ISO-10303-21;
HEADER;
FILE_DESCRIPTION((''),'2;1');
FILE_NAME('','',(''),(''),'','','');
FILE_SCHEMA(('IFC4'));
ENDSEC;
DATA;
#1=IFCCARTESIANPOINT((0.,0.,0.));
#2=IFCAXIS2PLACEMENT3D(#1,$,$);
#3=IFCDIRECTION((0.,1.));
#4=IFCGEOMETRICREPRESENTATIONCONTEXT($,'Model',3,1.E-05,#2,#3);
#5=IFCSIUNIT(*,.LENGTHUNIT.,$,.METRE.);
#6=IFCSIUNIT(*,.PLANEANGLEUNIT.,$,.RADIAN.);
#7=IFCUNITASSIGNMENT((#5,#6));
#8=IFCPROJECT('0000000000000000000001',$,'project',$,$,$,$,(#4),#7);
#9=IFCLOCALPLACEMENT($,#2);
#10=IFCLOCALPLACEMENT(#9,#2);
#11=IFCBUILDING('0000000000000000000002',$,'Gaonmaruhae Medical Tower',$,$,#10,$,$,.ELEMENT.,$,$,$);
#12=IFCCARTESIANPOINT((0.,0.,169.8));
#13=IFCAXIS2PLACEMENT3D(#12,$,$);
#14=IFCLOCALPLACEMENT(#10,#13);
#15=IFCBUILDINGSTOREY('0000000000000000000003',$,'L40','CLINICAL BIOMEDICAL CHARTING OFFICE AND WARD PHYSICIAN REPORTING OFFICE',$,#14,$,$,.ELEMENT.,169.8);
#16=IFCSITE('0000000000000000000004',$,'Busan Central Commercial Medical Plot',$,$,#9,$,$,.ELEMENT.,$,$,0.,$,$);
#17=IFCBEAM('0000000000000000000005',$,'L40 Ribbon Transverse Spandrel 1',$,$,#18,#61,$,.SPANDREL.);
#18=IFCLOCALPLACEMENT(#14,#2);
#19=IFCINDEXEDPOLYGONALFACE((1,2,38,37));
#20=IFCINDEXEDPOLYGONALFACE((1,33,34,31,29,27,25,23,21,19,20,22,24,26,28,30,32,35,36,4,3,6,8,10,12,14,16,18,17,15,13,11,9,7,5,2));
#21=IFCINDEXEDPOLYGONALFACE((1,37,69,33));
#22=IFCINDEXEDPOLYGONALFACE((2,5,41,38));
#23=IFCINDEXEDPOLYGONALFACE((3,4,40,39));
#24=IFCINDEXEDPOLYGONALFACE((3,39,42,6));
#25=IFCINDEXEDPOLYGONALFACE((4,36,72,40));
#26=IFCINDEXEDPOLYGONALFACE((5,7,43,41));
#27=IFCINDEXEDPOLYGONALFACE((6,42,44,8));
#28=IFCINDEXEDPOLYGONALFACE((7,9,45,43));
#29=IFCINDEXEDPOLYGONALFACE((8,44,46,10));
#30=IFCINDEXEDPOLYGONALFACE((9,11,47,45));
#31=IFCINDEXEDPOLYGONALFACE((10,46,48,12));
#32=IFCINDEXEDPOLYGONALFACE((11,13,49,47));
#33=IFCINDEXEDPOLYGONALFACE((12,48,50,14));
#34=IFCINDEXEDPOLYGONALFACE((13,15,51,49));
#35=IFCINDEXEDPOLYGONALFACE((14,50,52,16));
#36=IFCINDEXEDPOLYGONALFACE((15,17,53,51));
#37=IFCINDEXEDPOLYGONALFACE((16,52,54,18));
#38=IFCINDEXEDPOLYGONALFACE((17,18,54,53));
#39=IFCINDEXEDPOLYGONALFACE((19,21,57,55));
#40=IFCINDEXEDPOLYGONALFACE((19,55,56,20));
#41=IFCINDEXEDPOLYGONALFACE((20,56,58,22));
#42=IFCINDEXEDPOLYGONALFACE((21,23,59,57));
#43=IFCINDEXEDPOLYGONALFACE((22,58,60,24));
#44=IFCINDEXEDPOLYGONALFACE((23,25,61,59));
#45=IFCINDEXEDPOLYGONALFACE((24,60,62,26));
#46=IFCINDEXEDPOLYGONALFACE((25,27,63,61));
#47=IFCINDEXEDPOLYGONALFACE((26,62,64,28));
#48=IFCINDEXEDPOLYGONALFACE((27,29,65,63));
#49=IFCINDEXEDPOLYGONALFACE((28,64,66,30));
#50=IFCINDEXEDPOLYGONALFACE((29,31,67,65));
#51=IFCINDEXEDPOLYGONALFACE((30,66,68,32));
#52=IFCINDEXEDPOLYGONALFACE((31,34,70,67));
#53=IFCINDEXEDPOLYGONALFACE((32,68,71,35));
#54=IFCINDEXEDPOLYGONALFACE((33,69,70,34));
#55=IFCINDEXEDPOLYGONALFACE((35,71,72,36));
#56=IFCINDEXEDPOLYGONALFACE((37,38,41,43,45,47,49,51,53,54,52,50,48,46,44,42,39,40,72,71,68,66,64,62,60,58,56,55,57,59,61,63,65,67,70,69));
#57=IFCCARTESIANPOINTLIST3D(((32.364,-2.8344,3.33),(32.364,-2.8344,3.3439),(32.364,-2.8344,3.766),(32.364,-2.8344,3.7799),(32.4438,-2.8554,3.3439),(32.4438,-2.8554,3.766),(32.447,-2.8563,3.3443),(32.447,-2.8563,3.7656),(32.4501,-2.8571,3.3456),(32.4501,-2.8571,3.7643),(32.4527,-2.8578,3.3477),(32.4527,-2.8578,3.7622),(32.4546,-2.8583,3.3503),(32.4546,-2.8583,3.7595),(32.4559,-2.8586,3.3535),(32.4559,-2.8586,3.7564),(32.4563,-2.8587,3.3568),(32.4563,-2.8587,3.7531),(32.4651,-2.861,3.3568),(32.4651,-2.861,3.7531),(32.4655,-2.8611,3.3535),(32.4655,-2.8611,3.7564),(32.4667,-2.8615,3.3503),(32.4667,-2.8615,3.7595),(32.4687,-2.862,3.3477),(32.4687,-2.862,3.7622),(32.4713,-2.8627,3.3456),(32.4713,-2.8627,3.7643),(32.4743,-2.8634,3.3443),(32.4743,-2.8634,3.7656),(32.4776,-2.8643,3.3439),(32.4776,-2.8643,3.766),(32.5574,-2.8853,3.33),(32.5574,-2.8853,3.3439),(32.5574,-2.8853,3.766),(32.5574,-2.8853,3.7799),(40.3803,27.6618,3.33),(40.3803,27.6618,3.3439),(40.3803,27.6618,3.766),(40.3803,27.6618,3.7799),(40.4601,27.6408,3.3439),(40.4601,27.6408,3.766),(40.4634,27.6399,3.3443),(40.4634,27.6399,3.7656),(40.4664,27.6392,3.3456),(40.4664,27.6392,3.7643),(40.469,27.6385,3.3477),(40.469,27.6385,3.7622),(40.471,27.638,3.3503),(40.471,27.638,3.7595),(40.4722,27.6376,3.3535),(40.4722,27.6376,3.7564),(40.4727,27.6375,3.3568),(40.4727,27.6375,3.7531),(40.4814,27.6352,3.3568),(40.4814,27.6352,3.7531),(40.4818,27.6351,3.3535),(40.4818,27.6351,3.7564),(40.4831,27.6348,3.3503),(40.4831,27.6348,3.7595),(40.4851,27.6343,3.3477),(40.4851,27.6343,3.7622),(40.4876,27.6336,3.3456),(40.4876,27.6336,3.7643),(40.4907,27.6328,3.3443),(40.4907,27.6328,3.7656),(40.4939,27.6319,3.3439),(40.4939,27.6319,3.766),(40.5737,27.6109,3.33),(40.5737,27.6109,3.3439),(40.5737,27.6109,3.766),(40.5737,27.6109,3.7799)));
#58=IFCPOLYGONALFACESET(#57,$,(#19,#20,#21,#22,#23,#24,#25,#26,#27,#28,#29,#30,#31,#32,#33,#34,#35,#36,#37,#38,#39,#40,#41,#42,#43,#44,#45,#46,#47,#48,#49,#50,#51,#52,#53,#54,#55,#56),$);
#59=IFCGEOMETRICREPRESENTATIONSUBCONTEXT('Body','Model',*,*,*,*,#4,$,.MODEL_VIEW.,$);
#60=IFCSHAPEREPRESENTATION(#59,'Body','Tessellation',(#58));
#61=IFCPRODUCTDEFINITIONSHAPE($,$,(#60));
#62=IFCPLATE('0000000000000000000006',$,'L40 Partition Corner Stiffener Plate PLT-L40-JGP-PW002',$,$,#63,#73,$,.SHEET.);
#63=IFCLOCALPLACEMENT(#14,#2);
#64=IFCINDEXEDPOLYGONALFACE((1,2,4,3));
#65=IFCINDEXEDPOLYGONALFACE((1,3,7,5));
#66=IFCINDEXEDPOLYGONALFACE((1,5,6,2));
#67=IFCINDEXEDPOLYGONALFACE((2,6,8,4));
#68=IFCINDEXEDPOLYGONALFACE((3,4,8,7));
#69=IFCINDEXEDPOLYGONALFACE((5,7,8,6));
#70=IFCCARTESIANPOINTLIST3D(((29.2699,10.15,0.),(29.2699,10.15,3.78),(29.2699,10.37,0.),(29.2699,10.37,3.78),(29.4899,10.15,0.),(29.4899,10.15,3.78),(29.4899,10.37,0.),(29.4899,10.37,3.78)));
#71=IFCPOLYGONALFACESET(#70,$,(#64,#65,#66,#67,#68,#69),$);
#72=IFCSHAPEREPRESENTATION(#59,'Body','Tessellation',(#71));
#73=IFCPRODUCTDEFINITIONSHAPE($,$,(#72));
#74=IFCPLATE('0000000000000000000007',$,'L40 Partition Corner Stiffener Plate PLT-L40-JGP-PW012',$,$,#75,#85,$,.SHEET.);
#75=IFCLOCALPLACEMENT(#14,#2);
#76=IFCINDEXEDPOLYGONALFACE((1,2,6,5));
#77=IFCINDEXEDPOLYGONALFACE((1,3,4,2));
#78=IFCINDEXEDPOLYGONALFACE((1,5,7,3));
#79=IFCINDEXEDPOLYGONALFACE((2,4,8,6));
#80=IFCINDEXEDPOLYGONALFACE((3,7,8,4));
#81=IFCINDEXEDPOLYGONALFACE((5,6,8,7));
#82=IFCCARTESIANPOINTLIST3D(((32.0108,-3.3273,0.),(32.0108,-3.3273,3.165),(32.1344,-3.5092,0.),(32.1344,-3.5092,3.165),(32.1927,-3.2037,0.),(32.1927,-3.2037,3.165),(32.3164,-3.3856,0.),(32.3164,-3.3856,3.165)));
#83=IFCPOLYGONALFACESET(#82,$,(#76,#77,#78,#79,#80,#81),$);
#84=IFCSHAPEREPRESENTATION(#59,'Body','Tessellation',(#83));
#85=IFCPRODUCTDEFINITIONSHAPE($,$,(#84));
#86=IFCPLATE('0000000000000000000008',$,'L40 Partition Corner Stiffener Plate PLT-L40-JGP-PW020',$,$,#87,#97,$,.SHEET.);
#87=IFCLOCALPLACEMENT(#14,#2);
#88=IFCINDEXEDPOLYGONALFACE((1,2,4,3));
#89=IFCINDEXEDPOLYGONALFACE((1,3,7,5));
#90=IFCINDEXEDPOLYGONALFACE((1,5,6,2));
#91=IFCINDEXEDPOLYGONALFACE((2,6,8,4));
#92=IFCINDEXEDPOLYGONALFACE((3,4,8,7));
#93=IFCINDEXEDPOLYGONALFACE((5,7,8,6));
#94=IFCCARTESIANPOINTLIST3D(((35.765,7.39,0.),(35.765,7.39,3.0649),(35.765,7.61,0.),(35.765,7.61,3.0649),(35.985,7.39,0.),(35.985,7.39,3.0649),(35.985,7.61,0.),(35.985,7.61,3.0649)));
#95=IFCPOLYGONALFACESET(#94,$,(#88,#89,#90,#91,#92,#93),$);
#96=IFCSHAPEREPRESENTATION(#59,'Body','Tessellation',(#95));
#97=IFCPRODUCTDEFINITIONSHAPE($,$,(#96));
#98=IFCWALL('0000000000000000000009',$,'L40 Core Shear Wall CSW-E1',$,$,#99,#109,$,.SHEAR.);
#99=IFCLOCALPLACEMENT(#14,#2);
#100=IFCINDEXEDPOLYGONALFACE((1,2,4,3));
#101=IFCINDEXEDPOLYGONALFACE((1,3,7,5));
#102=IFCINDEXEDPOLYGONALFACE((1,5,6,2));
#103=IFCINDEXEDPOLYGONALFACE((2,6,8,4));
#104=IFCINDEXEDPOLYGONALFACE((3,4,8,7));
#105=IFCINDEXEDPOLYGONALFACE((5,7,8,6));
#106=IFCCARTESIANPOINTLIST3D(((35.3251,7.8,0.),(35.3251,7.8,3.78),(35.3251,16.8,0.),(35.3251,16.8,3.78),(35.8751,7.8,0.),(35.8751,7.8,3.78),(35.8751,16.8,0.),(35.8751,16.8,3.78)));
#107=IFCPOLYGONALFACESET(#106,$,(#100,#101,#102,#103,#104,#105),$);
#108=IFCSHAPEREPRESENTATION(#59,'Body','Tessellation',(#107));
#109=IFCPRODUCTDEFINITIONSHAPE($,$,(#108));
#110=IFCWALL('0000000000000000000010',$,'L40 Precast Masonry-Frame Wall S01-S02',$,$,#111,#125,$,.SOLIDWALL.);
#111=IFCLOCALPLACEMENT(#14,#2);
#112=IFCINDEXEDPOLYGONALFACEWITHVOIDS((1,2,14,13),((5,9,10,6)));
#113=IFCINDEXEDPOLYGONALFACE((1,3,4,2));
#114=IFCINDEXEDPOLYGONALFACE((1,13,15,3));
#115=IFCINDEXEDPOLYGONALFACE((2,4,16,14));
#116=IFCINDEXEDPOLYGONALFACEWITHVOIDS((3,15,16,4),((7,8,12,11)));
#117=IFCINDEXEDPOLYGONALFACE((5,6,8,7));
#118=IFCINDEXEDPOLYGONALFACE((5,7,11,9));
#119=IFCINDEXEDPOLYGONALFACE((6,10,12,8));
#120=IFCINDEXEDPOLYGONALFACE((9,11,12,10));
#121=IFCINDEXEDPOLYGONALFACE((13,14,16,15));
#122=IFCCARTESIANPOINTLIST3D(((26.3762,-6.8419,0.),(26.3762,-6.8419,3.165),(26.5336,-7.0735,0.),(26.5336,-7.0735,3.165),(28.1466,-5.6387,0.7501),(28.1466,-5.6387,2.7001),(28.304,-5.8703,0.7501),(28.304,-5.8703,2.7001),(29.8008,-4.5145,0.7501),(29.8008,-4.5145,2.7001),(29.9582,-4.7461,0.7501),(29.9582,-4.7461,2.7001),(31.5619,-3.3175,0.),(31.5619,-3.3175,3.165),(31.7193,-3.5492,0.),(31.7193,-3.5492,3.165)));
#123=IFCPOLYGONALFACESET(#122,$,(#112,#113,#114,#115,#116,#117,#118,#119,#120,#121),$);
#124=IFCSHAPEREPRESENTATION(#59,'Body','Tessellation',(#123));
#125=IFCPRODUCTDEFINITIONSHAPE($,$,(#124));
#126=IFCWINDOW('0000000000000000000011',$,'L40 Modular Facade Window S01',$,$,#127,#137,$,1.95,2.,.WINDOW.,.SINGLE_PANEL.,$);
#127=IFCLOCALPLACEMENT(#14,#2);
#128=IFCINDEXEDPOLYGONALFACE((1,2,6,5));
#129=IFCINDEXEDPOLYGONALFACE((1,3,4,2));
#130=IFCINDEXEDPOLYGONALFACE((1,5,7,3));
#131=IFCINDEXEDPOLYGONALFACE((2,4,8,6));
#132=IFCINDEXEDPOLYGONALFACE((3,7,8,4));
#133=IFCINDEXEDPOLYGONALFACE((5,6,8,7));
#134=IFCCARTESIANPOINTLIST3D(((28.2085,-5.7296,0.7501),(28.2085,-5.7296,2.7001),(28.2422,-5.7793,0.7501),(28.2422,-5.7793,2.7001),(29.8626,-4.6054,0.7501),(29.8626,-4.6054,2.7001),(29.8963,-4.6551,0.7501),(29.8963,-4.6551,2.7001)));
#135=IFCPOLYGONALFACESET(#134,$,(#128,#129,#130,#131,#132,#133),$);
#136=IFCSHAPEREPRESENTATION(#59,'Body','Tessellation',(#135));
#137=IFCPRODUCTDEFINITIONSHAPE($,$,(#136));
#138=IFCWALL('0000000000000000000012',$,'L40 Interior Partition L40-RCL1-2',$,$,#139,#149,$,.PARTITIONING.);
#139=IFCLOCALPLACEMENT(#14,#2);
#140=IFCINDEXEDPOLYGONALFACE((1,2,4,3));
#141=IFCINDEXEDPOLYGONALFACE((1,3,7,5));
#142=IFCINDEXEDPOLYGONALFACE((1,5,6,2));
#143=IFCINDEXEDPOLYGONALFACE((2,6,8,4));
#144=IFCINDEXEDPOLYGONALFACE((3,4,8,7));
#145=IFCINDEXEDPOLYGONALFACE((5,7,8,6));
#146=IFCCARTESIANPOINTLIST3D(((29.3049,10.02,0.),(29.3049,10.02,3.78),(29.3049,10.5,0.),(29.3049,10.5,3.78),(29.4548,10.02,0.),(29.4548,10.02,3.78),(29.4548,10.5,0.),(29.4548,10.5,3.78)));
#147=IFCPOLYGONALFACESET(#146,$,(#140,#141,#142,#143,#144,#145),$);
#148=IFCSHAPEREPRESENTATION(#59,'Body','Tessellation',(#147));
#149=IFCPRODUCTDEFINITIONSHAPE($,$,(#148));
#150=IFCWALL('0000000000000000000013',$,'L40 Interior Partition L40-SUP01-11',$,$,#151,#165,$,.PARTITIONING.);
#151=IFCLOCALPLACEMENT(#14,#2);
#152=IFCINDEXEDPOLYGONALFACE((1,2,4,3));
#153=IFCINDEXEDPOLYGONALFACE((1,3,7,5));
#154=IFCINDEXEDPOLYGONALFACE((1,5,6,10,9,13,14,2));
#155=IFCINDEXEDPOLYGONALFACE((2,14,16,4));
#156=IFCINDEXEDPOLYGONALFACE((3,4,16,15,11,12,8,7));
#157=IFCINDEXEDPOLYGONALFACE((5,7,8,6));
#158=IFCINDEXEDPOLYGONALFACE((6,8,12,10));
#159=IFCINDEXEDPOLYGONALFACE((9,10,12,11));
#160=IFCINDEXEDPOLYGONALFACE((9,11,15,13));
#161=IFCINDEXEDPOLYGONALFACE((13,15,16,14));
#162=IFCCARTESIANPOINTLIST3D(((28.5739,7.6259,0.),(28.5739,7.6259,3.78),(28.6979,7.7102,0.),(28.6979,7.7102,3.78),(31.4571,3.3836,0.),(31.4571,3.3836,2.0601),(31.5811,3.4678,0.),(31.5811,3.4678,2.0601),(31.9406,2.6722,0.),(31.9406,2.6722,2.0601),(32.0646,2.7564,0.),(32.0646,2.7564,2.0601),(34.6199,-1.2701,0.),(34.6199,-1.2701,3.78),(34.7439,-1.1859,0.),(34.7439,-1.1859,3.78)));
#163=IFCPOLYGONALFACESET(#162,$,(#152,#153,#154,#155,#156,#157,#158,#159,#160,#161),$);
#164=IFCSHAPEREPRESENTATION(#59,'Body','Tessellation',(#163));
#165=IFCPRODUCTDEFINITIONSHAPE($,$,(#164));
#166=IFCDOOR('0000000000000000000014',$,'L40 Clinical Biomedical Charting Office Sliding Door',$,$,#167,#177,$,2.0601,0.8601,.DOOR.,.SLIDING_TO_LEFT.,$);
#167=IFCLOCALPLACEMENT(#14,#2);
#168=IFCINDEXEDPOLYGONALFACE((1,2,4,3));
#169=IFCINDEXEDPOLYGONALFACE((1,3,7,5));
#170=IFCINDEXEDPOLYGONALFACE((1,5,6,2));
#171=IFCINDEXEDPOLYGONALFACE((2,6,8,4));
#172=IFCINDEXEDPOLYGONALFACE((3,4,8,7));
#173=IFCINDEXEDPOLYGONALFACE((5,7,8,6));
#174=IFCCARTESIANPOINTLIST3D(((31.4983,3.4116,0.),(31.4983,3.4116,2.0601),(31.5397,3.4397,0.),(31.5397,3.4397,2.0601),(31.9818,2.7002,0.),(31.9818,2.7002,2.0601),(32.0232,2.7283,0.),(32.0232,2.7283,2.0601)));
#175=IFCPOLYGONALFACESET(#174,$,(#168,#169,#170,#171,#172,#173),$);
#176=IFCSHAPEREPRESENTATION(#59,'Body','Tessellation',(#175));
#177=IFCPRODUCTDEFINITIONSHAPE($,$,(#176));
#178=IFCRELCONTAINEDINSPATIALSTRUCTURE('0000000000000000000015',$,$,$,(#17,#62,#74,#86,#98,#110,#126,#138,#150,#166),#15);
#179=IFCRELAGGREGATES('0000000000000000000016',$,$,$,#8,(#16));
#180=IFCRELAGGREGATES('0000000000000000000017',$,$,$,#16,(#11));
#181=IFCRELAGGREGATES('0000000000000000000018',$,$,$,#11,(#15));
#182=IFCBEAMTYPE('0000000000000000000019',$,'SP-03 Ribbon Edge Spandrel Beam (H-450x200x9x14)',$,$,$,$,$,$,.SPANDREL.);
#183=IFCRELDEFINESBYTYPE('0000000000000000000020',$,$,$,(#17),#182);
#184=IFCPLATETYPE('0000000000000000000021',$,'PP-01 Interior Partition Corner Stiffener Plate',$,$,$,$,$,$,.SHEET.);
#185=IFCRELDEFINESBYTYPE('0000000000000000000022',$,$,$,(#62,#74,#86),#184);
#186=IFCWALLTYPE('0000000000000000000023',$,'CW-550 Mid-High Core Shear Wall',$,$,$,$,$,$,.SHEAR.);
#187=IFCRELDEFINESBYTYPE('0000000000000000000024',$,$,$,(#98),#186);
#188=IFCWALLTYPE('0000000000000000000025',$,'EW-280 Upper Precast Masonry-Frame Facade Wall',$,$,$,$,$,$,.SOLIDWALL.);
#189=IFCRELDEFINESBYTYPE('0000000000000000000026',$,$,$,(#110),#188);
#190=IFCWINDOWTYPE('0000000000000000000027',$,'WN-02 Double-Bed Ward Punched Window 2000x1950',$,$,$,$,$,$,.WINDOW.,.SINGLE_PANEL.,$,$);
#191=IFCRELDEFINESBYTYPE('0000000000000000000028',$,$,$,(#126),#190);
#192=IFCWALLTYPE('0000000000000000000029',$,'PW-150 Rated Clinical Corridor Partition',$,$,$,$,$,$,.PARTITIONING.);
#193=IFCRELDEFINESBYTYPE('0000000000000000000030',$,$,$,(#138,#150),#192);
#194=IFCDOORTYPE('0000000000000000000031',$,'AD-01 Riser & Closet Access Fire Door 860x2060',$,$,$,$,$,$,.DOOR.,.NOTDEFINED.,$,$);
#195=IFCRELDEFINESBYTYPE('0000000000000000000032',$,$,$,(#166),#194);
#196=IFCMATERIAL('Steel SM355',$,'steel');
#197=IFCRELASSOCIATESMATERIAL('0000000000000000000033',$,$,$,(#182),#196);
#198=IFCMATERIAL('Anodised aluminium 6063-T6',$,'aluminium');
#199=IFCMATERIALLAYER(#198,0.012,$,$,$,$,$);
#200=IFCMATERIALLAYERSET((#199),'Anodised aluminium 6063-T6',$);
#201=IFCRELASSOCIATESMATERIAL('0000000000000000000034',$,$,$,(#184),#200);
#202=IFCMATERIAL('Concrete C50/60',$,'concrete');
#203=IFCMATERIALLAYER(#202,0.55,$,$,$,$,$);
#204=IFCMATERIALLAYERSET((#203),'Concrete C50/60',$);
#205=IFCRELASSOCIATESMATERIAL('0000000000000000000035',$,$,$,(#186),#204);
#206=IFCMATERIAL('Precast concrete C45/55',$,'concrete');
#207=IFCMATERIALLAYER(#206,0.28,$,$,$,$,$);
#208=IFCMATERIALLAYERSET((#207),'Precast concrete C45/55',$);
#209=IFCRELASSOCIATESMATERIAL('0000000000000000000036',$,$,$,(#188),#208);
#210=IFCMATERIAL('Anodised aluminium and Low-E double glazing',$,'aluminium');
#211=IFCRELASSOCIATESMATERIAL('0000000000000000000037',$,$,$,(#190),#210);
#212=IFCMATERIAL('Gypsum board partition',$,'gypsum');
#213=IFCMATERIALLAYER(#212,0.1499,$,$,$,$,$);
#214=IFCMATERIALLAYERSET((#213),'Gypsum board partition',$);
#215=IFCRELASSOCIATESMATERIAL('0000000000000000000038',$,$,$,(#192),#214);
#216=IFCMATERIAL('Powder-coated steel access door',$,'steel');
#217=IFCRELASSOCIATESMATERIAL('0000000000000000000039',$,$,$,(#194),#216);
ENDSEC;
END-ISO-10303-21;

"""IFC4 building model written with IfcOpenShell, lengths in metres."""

from ifc_helpers import new_model, si_unit, direction, frame, frame_2d, origin, origin_2d, place, context, subcontext, project, spatial, rectangle, i_section, extrude, material, layer, layer_set, material_profile, profile_set, type_object, element, fill, save


model = new_model("IFC4")

# Units and contexts
model_context = context("Model", 3, precision=1e-05, world=origin(), true_north=direction((0.0, 1.0)))
body_context = subcontext(model_context, "Body", "Model", "MODEL_VIEW")
ifc_project = project(units=[si_unit("LENGTHUNIT", "METRE"), si_unit("PLANEANGLEUNIT", "RADIAN")], contexts=[model_context])

# Site, building, storey
site_placement = place(None, origin())
site = spatial("IfcSite", under=ifc_project, at=site_placement, Name="Busan Central Commercial Medical Plot", CompositionType="ELEMENT", RefElevation=0.0)
building_placement = place(site_placement, origin())
building = spatial("IfcBuilding", under=site, at=building_placement, Name="Gaonmaruhae Medical Tower", CompositionType="ELEMENT")
storey_placement = place(building_placement, frame((0.0, 0.0, 169.8)))
storey = spatial("IfcBuildingStorey", under=building, at=storey_placement, Name="L40", Description="CLINICAL BIOMEDICAL CHARTING OFFICE AND WARD PHYSICIAN REPORTING OFFICE", CompositionType="ELEMENT", Elevation=169.8)

# Shared definitions
ifc_material_1 = material(Name="Concrete C50/60", Category="concrete")

# Beam
ifc_material_2 = material(Name="Steel SM355", Category="steel")
ifc_material_profile_1 = material_profile(ifc_material_2, i_section(OverallWidth=0.2, OverallDepth=0.45, WebThickness=0.009, FlangeThickness=0.0139, FilletRadius=0.0129, at=origin_2d()), Name="H-450x200x9x14")
ifc_profile_set_1 = profile_set([ifc_material_profile_1], Name="Steel SM355")
beam_type_1 = type_object("IfcBeamType", Name="SP-03 Ribbon Edge Spandrel Beam (H-450x200x9x14)", PredefinedType="SPANDREL", material=ifc_profile_set_1)
beam_1_placement = place(storey_placement, frame((32.4607, -2.8599, 3.5549), z_axis=(0.254227, 0.967145, 0.0), x_axis=(-0.967145, 0.254227, 0.0)))
element("IfcBeam", 1, at=beam_1_placement, inside=storey, type_object=beam_type_1, Name="L40 Ribbon Transverse Spandrel 1", PredefinedType="SPANDREL", context=body_context, shape_type="SweptSolid", body=[
    extrude(i_section(OverallWidth=0.2, OverallDepth=0.45, WebThickness=0.009, FlangeThickness=0.0139, FilletRadius=0.0129, at=origin_2d()), origin(), (0.0, 0.0, 1.0), 31.5322),
])

# Plates
ifc_material_3 = material(Name="Anodised aluminium 6063-T6", Category="aluminium")
ifc_layer_1 = layer(ifc_material_3, 0.012)
ifc_layer_set_1 = layer_set([ifc_layer_1], Name="Anodised aluminium 6063-T6")
plate_type = type_object("IfcPlateType", Name="PP-01 Interior Partition Corner Stiffener Plate", PredefinedType="SHEET", material=ifc_layer_set_1)
plate_1_placement = place(storey_placement, frame((29.3799, 10.26, 0.0), z_axis=(0.0, 0.0, 1.0), x_axis=(0.0, -1.0, 0.0)))
element("IfcPlate", 2, at=plate_1_placement, inside=storey, type_object=plate_type, Name="L40 Partition Corner Stiffener Plate PLT-L40-JGP-PW002", PredefinedType="SHEET", context=body_context, shape_type="SweptSolid", body=[
    extrude(rectangle(XDim=0.22, YDim=0.22, at=origin_2d()), origin(), (0.0, 0.0, 1.0), 3.78),
])
plate_2_placement = place(storey_placement, frame((32.1636, -3.3564, 0.0), z_axis=(0.0, 0.0, 1.0), x_axis=(-0.827002, -0.562199, 0.0)))
element("IfcPlate", 3, at=plate_2_placement, inside=storey, type_object=plate_type, Name="L40 Partition Corner Stiffener Plate PLT-L40-JGP-PW012", PredefinedType="SHEET", context=body_context, shape_type="SweptSolid", body=[
    extrude(rectangle(XDim=0.22, YDim=0.22, at=origin_2d()), origin(), (0.0, 0.0, 1.0), 3.165),
])
plate_3_placement = place(storey_placement, frame((35.875, 7.5, 0.0), z_axis=(0.0, 0.0, 1.0), x_axis=(1.0, 0.0, 0.0)))
element("IfcPlate", 4, at=plate_3_placement, inside=storey, type_object=plate_type, Name="L40 Partition Corner Stiffener Plate PLT-L40-JGP-PW020", PredefinedType="SHEET", context=body_context, shape_type="SweptSolid", body=[
    extrude(rectangle(XDim=0.22, YDim=0.22, at=origin_2d()), origin(), (0.0, 0.0, 1.0), 3.0649),
])

# Wall
ifc_layer_2 = layer(ifc_material_1, 0.55)
ifc_layer_set_2 = layer_set([ifc_layer_2], Name="Concrete C50/60")
wall_type_1 = type_object("IfcWallType", Name="CW-550 Mid-High Core Shear Wall", PredefinedType="SHEAR", material=ifc_layer_set_2)
wall_1_placement = place(storey_placement, frame((35.6001, 7.8, 0.0), z_axis=(0.0, 0.0, 1.0), x_axis=(0.0, 1.0, 0.0)))
element("IfcWall", 5, at=wall_1_placement, inside=storey, type_object=wall_type_1, Name="L40 Core Shear Wall CSW-E1", PredefinedType="SHEAR", context=body_context, shape_type="SweptSolid", body=[
    extrude(rectangle(XDim=9.0, YDim=0.55, at=frame_2d((4.5, 0.0))), origin(), (0.0, 0.0, 1.0), 3.78),
])

# Wall, opening, window
ifc_material_4 = material(Name="Precast concrete C45/55", Category="concrete")
ifc_layer_3 = layer(ifc_material_4, 0.28)
ifc_layer_set_3 = layer_set([ifc_layer_3], Name="Precast concrete C45/55")
wall_type_2 = type_object("IfcWallType", Name="EW-280 Upper Precast Masonry-Frame Facade Wall", PredefinedType="SOLIDWALL", material=ifc_layer_set_3)
wall_2_placement = place(storey_placement, frame((31.6406, -3.4333, 0.0), z_axis=(0.0, 0.0, 1.0), x_axis=(-0.827069, -0.5621, 0.0)))
wall_2 = element("IfcWall", 6, at=wall_2_placement, inside=storey, type_object=wall_type_2, Name="L40 Precast Masonry-Frame Wall S01-S02", PredefinedType="SOLIDWALL", context=body_context, shape_type="SweptSolid", body=[
    extrude(rectangle(XDim=6.27, YDim=0.28, at=frame_2d((3.135, 0.0))), origin(), (0.0, 0.0, 1.0), 3.165),
])
opening_1_placement = place(wall_2_placement, frame((2.1294, 0.0, 0.75)))
opening_1 = element("IfcOpeningElement", 7, at=opening_1_placement, cuts=wall_2, PredefinedType="OPENING", context=body_context, shape_type="SweptSolid", body=[
    extrude(rectangle(XDim=2.0, YDim=1.95, at=frame_2d((1.0, 0.9751))), frame((0.0, 0.1499, 0.0), z_axis=(0.0, -1.0, 0.0), x_axis=(1.0, 0.0, 0.0)), (0.0, 0.0, 1.0), 0.3),
])
ifc_material_5 = material(Name="Anodised aluminium and Low-E double glazing", Category="aluminium")
window_type = type_object("IfcWindowType", Name="WN-02 Double-Bed Ward Punched Window 2000x1950", PartitioningType="SINGLE_PANEL", PredefinedType="WINDOW", material=ifc_material_5)
window_placement = place(opening_1_placement, origin())
window = element("IfcWindow", 8, at=window_placement, inside=storey, type_object=window_type, Name="L40 Modular Facade Window S01", OverallHeight=1.95, OverallWidth=2.0, PartitioningType="SINGLE_PANEL", PredefinedType="WINDOW", context=body_context, shape_type="SweptSolid", body=[
    extrude(rectangle(XDim=2.0, YDim=1.95, at=frame_2d((1.0, 0.9751))), frame((0.0, 0.03, 0.0), z_axis=(0.0, -1.0, 0.0), x_axis=(1.0, 0.0, 0.0)), (0.0, 0.0, 1.0), 0.0601),
])
fill(opening_1, window)

# Wall
ifc_material_6 = material(Name="Gypsum board partition", Category="gypsum")
ifc_layer_4 = layer(ifc_material_6, 0.1499)
ifc_layer_set_4 = layer_set([ifc_layer_4], Name="Gypsum board partition")
wall_type_3 = type_object("IfcWallType", Name="PW-150 Rated Clinical Corridor Partition", PredefinedType="PARTITIONING", material=ifc_layer_set_4)
wall_3_placement = place(storey_placement, frame((29.3799, 10.5, 0.0), z_axis=(0.0, 0.0, 1.0), x_axis=(0.0, -1.0, 0.0)))
element("IfcWall", 9, at=wall_3_placement, inside=storey, type_object=wall_type_3, Name="L40 Interior Partition L40-RCL1-2", PredefinedType="PARTITIONING", context=body_context, shape_type="SweptSolid", body=[
    extrude(rectangle(XDim=0.48, YDim=0.1499, at=frame_2d((0.24, 0.0))), origin(), (0.0, 0.0, 1.0), 3.78),
])

# Wall, opening, door
wall_4_placement = place(storey_placement, frame((28.636, 7.668, 0.0), z_axis=(0.0, 0.0, 1.0), x_axis=(0.562095, -0.827073, 0.0)))
wall_4 = element("IfcWall", 10, at=wall_4_placement, inside=storey, type_object=wall_type_3, Name="L40 Interior Partition L40-SUP01-11", PredefinedType="PARTITIONING", context=body_context, shape_type="SweptSolid", body=[
    extrude(rectangle(XDim=10.7561, YDim=0.1499, at=frame_2d((5.3779, 0.0))), origin(), (0.0, 0.0, 1.0), 3.78),
])
opening_2_placement = place(wall_4_placement, frame((5.1292, 0.0, 0.0)))
opening_2 = element("IfcOpeningElement", 11, at=opening_2_placement, cuts=wall_4, PredefinedType="OPENING", context=body_context, shape_type="SweptSolid", body=[
    extrude(rectangle(XDim=0.8601, YDim=2.0601, at=frame_2d((0.4302, 1.03))), frame((0.0, 0.085, 0.0), z_axis=(0.0, -1.0, 0.0), x_axis=(1.0, 0.0, 0.0)), (0.0, 0.0, 1.0), 0.1699),
])
ifc_material_7 = material(Name="Powder-coated steel access door", Category="steel")
door_type = type_object("IfcDoorType", Name="AD-01 Riser & Closet Access Fire Door 860x2060", OperationType="NOTDEFINED", PredefinedType="DOOR", material=ifc_material_7)
door_placement = place(opening_2_placement, origin())
door = element("IfcDoor", 12, at=door_placement, inside=storey, type_object=door_type, Name="L40 Clinical Biomedical Charting Office Sliding Door", OperationType="SLIDING_TO_LEFT", OverallHeight=2.0601, OverallWidth=0.8601, PredefinedType="DOOR", context=body_context, shape_type="SweptSolid", body=[
    extrude(rectangle(XDim=0.8601, YDim=2.0601, at=frame_2d((0.4302, 1.03))), frame((0.0, 0.0249, 0.0), z_axis=(0.0, -1.0, 0.0), x_axis=(1.0, 0.0, 0.0)), (0.0, 0.0, 1.0), 0.05),
])
fill(opening_2, door)

save(model, "model.ifc")
